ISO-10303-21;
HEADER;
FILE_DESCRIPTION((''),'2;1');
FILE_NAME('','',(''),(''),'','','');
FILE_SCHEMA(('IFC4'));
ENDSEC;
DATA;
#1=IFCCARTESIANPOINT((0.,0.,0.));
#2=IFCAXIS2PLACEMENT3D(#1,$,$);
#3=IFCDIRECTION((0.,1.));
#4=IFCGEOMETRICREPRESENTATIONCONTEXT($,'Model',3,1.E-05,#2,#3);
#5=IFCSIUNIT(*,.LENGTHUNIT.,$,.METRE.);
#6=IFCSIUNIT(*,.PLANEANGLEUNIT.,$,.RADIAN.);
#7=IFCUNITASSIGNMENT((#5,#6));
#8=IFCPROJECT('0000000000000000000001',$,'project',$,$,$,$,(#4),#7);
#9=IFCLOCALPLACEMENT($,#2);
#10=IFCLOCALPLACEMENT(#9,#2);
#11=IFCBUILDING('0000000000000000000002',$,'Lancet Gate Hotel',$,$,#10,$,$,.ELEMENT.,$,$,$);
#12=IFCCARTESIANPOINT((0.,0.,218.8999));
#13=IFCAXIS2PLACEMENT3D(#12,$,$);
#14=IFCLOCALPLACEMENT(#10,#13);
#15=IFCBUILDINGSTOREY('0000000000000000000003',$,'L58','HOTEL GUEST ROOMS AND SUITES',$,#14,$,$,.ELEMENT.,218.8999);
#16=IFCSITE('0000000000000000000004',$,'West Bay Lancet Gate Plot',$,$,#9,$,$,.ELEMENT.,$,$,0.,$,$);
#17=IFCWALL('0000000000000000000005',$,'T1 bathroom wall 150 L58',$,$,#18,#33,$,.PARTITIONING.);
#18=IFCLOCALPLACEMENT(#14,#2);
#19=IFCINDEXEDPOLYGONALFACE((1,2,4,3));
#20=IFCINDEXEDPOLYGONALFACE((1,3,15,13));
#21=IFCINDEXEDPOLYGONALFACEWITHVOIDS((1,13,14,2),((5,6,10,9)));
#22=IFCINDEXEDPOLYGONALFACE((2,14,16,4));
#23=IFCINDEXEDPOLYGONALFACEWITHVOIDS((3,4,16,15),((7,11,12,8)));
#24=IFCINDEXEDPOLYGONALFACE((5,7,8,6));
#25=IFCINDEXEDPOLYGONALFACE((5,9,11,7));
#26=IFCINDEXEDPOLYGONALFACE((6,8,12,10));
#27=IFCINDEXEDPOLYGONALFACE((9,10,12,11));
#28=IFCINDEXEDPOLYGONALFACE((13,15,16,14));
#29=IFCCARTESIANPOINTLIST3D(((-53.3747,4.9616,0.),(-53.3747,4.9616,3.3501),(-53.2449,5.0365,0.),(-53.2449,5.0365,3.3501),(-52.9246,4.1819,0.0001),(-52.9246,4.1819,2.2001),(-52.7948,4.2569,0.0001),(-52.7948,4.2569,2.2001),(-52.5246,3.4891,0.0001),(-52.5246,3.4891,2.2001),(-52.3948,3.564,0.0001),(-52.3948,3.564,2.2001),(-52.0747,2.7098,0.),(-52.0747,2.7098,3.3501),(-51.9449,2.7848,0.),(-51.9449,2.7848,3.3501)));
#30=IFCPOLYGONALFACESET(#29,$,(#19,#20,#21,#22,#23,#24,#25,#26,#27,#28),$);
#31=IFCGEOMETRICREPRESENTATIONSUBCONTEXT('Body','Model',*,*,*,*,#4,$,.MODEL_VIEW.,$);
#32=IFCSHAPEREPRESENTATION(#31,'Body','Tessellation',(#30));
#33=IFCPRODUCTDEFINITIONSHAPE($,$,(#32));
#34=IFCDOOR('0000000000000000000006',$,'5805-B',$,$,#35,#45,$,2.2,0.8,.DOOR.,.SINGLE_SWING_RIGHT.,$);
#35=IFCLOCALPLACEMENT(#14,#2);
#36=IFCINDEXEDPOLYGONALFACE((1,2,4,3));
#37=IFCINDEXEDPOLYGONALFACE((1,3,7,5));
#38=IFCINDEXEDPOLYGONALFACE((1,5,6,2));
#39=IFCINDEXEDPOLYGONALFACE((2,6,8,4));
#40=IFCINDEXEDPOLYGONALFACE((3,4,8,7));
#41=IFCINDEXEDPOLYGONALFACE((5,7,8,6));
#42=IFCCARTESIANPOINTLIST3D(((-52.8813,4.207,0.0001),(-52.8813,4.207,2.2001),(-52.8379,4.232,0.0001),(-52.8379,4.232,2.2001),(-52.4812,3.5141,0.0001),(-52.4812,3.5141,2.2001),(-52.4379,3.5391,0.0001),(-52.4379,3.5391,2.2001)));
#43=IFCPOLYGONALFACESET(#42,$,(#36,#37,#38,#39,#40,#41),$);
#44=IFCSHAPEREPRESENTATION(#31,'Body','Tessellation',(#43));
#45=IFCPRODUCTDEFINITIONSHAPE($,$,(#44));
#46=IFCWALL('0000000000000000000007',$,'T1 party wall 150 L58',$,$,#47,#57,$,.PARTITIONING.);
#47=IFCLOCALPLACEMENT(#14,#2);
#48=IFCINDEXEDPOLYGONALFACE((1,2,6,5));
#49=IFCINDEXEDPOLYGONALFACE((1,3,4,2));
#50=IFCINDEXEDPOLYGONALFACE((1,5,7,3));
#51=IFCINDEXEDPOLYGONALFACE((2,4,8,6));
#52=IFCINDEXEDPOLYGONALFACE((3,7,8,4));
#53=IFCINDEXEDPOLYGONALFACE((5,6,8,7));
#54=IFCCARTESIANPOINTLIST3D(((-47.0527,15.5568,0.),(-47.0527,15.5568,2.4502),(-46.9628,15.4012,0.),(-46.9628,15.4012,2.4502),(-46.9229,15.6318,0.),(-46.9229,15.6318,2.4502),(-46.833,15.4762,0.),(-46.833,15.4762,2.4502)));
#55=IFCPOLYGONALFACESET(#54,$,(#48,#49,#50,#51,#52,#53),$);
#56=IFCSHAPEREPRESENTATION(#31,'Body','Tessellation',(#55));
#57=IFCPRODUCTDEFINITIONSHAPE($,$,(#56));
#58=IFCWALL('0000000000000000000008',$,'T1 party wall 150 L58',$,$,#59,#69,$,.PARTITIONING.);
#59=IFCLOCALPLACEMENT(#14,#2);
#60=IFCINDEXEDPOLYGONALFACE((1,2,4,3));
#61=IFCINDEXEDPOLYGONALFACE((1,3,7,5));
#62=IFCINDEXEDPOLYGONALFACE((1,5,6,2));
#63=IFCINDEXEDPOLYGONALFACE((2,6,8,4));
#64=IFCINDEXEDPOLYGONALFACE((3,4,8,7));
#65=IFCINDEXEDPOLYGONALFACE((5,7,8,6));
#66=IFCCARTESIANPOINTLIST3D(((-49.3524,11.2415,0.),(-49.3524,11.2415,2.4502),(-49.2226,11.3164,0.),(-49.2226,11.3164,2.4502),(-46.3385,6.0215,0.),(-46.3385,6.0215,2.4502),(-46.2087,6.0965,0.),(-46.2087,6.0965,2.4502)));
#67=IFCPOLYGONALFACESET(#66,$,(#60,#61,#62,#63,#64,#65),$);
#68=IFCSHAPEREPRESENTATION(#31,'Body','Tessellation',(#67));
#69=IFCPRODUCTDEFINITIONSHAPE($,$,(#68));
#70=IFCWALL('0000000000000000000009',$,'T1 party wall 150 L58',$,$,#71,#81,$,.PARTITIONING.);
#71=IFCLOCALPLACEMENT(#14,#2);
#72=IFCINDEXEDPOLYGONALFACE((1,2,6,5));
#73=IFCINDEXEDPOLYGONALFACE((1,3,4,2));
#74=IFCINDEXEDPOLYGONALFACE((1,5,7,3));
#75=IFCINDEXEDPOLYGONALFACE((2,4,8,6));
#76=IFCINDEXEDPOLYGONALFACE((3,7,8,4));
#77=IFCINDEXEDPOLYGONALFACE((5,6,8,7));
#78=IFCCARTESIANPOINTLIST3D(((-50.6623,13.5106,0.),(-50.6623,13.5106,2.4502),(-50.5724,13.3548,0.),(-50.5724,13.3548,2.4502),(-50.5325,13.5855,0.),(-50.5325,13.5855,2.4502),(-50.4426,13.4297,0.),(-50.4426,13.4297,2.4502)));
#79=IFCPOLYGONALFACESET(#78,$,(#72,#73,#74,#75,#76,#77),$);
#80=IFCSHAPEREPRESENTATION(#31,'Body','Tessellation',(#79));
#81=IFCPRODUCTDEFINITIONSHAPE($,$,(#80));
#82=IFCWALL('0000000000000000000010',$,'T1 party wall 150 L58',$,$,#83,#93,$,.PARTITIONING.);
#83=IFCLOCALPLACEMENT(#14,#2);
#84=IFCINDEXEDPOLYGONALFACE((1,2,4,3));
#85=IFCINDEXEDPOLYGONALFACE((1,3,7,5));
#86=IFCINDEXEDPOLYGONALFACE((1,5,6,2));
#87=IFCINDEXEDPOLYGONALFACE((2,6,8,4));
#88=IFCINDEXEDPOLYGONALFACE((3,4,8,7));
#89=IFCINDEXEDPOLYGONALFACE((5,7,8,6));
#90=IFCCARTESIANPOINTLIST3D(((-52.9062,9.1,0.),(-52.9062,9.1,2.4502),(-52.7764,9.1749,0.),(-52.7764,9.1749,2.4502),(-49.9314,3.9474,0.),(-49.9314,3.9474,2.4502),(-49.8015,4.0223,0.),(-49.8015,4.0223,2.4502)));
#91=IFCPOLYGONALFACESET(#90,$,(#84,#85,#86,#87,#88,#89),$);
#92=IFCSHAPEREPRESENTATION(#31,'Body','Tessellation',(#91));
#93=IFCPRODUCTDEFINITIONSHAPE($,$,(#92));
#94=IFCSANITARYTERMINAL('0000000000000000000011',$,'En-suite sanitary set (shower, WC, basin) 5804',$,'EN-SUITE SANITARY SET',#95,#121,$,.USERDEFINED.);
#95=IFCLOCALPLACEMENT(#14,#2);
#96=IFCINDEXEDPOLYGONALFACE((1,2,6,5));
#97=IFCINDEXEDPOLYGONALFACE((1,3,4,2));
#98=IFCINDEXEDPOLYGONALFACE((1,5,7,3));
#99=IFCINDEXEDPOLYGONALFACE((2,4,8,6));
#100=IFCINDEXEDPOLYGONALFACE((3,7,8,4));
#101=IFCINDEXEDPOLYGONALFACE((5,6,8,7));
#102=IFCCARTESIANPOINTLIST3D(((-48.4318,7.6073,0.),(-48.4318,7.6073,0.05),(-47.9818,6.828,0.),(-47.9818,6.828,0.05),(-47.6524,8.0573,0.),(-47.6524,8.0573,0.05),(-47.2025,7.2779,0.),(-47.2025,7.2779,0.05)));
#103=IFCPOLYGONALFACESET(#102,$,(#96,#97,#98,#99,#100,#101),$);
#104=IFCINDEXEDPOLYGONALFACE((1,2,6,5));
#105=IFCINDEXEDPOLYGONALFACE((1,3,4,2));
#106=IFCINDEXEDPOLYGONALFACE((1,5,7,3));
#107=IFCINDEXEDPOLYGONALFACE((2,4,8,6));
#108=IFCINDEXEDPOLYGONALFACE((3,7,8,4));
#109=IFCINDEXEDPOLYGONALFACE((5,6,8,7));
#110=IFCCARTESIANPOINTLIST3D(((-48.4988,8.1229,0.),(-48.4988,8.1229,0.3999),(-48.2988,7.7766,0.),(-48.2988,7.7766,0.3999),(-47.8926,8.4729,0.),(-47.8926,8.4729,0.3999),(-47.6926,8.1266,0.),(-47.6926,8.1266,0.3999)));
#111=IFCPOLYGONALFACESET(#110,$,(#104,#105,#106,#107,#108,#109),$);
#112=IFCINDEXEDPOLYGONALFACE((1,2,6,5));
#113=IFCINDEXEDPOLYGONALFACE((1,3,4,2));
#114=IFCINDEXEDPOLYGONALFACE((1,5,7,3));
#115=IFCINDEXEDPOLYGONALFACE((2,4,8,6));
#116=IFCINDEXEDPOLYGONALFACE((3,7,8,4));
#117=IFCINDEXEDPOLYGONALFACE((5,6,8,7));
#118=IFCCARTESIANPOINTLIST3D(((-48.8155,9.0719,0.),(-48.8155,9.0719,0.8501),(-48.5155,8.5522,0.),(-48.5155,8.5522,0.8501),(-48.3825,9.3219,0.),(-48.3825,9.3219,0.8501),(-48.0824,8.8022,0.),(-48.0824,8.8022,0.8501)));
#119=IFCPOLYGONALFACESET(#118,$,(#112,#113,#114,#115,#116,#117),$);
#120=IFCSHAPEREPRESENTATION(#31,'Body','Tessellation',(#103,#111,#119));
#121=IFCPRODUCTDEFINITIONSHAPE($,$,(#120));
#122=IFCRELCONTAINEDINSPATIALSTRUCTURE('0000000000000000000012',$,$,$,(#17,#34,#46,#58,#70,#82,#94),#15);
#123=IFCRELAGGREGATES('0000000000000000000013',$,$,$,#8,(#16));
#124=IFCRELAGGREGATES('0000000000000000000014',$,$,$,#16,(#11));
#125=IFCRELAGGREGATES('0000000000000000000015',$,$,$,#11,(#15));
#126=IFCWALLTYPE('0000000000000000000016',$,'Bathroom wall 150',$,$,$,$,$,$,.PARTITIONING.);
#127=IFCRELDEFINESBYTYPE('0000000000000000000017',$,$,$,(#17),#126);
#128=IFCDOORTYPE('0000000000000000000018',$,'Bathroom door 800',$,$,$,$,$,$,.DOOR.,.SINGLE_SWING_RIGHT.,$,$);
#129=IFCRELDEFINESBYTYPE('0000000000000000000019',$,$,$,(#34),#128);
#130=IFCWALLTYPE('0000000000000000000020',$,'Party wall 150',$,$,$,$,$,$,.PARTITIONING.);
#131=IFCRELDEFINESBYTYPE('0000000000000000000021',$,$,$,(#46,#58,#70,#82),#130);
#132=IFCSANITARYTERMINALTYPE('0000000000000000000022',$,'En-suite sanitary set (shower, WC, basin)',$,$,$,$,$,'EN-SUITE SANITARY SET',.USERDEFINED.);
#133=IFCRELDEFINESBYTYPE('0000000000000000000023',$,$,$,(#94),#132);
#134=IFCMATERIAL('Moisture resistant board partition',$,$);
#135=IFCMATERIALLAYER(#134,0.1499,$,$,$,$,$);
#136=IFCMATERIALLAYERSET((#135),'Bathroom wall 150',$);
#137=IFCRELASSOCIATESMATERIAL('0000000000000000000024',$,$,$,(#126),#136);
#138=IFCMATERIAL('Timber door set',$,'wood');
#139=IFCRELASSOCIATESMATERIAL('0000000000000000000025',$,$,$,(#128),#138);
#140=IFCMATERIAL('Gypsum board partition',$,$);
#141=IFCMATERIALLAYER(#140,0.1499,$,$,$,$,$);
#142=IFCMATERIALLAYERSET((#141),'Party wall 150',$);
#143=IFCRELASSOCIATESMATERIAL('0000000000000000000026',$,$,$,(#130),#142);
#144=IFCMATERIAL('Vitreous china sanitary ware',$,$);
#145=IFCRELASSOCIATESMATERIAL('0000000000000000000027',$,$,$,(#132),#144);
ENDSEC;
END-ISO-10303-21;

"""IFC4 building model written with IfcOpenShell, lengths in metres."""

from ifc_helpers import new_model, si_unit, direction, frame, frame_2d, origin, origin_2d, place, context, subcontext, project, spatial, rectangle, extrude, material, layer, layer_set, type_object, element, fill, save


model = new_model("IFC4")

# Units and contexts
model_context = context("Model", 3, precision=1e-05, world=origin(), true_north=direction((0.0, 1.0)))
body_context = subcontext(model_context, "Body", "Model", "MODEL_VIEW")
ifc_project = project(units=[si_unit("LENGTHUNIT", "METRE"), si_unit("PLANEANGLEUNIT", "RADIAN")], contexts=[model_context])

# Site, building, storey
site_placement = place(None, origin())
site = spatial("IfcSite", under=ifc_project, at=site_placement, Name="West Bay Lancet Gate Plot", CompositionType="ELEMENT", RefElevation=0.0)
building_placement = place(site_placement, origin())
building = spatial("IfcBuilding", under=site, at=building_placement, Name="Lancet Gate Hotel", CompositionType="ELEMENT")
storey_placement = place(building_placement, frame((0.0, 0.0, 218.8999)))
storey = spatial("IfcBuildingStorey", under=building, at=storey_placement, Name="L58", Description="HOTEL GUEST ROOMS AND SUITES", CompositionType="ELEMENT", Elevation=218.8999)

# Shared definitions
ifc_material_1 = material(Name="Moisture resistant board partition")
ifc_layer_1 = layer(ifc_material_1, 0.1499)
ifc_layer_set_1 = layer_set([ifc_layer_1], Name="Bathroom wall 150")
wall_type_1 = type_object("IfcWallType", Name="Bathroom wall 150", PredefinedType="PARTITIONING", material=ifc_layer_set_1)
ifc_material_2 = material(Name="Timber door set", Category="wood")
door_type = type_object("IfcDoorType", Name="Bathroom door 800", OperationType="SINGLE_SWING_RIGHT", PredefinedType="DOOR", material=ifc_material_2)

# Wall, opening, door
wall_1_placement = place(storey_placement, frame((-52.0098, 2.7473, 0.0), z_axis=(0.0, 0.0, 1.0), x_axis=(-0.500007, 0.866021, 0.0)))
wall_1 = element("IfcWall", 1, at=wall_1_placement, inside=storey, type_object=wall_type_1, Name="T1 bathroom wall 150 L58", PredefinedType="PARTITIONING", context=body_context, shape_type="SweptSolid", body=[
    extrude(rectangle(XDim=2.6001, YDim=0.1499, at=frame_2d((1.3, 0.0))), origin(), (0.0, 0.0, 1.0), 3.3501),
])
opening_1_placement = place(wall_1_placement, frame((0.8999, 0.0, 0.0)))
opening_1 = element("IfcOpeningElement", 2, at=opening_1_placement, cuts=wall_1, PredefinedType="OPENING", context=body_context, shape_type="SweptSolid", body=[
    extrude(rectangle(XDim=0.8, YDim=2.2, at=frame_2d((0.3999, 1.1001))), frame((0.0, 0.085, 0.0), z_axis=(0.0, -1.0, 0.0), x_axis=(1.0, 0.0, 0.0)), (0.0, 0.0, 1.0), 0.1699),
])
door_1_placement = place(opening_1_placement, origin())
door_1 = element("IfcDoor", 3, at=door_1_placement, inside=storey, type_object=door_type, Name="5805-B", OperationType="SINGLE_SWING_RIGHT", OverallHeight=2.2, OverallWidth=0.8, PredefinedType="DOOR", context=body_context, shape_type="SweptSolid", body=[
    extrude(rectangle(XDim=0.8, YDim=2.2, at=frame_2d((0.3999, 1.1001))), frame((0.0, 0.0249, 0.0), z_axis=(0.0, -1.0, 0.0), x_axis=(1.0, 0.0, 0.0)), (0.0, 0.0, 1.0), 0.05),
])
fill(opening_1, door_1)

# Walls
ifc_material_3 = material(Name="Gypsum board partition")
ifc_layer_2 = layer(ifc_material_3, 0.1499)
ifc_layer_set_2 = layer_set([ifc_layer_2], Name="Party wall 150")
wall_type_2 = type_object("IfcWallType", Name="Party wall 150", PredefinedType="PARTITIONING", material=ifc_layer_set_2)
wall_2_placement = place(storey_placement, frame((-46.8979, 15.4387, 0.0), z_axis=(0.0, 0.0, 1.0), x_axis=(-0.500232, 0.865891, 0.0)))
element("IfcWall", 4, at=wall_2_placement, inside=storey, type_object=wall_type_2, Name="T1 party wall 150 L58", PredefinedType="PARTITIONING", context=body_context, shape_type="SweptSolid", body=[
    extrude(rectangle(XDim=0.1797, YDim=0.1499, at=frame_2d((0.0898, 0.0))), origin(), (0.0, 0.0, 1.0), 2.4502),
])
wall_3_placement = place(storey_placement, frame((-46.2737, 6.0591, 0.0), z_axis=(0.0, 0.0, 1.0), x_axis=(-0.50002, 0.866014, 0.0)))
element("IfcWall", 5, at=wall_3_placement, inside=storey, type_object=wall_type_2, Name="T1 party wall 150 L58", PredefinedType="PARTITIONING", context=body_context, shape_type="SweptSolid", body=[
    extrude(rectangle(XDim=6.0276, YDim=0.1499, at=frame_2d((3.0137, 0.0))), origin(), (0.0, 0.0, 1.0), 2.4502),
])
wall_4_placement = place(storey_placement, frame((-50.5076, 13.3923, 0.0), z_axis=(0.0, 0.0, 1.0), x_axis=(-0.499644, 0.866231, 0.0)))
element("IfcWall", 6, at=wall_4_placement, inside=storey, type_object=wall_type_2, Name="T1 party wall 150 L58", PredefinedType="PARTITIONING", context=body_context, shape_type="SweptSolid", body=[
    extrude(rectangle(XDim=0.1799, YDim=0.1499, at=frame_2d((0.0898, 0.0))), origin(), (0.0, 0.0, 1.0), 2.4502),
])
wall_5_placement = place(storey_placement, frame((-49.8665, 3.9849, 0.0), z_axis=(0.0, 0.0, 1.0), x_axis=(-0.500001, 0.866025, 0.0)))
element("IfcWall", 7, at=wall_5_placement, inside=storey, type_object=wall_type_2, Name="T1 party wall 150 L58", PredefinedType="PARTITIONING", context=body_context, shape_type="SweptSolid", body=[
    extrude(rectangle(XDim=5.9497, YDim=0.1499, at=frame_2d((2.9749, 0.0))), origin(), (0.0, 0.0, 1.0), 2.4502),
])

# Sanitary terminal
ifc_material_4 = material(Name="Vitreous china sanitary ware")
sanitary_terminal_type = type_object("IfcSanitaryTerminalType", Name="En-suite sanitary set (shower, WC, basin)", ElementType="EN-SUITE SANITARY SET", PredefinedType="USERDEFINED", material=ifc_material_4)
sanitary_terminal_placement = place(storey_placement, frame((-47.8171, 7.4426, 0.0), z_axis=(0.0, 0.0, 1.0), x_axis=(1.0, 0.0, 0.0)))
element("IfcSanitaryTerminal", 8, at=sanitary_terminal_placement, inside=storey, type_object=sanitary_terminal_type, Name="En-suite sanitary set (shower, WC, basin) 5804", ObjectType="EN-SUITE SANITARY SET", PredefinedType="USERDEFINED", context=body_context, shape_type="SweptSolid", body=[
    extrude(rectangle(XDim=0.8999, YDim=0.8999, at=origin_2d()), frame((0.0, 0.0, 0.0), z_axis=(0.0, 0.0, 1.0), x_axis=(0.5, -0.866025, 0.0)), (0.0, 0.0, 1.0), 0.05),
    extrude(rectangle(XDim=0.3999, YDim=0.7, at=origin_2d()), frame((-0.2786, 0.6821, 0.0), z_axis=(0.0, 0.0, 1.0), x_axis=(0.5, -0.866025, 0.0)), (0.0, 0.0, 1.0), 0.3999),
    extrude(rectangle(XDim=0.6001, YDim=0.5, at=origin_2d()), frame((-0.6318, 1.4944, 0.0), z_axis=(0.0, 0.0, 1.0), x_axis=(0.5, -0.866025, 0.0)), (0.0, 0.0, 1.0), 0.8501),
])

save(model, "model.ifc")
